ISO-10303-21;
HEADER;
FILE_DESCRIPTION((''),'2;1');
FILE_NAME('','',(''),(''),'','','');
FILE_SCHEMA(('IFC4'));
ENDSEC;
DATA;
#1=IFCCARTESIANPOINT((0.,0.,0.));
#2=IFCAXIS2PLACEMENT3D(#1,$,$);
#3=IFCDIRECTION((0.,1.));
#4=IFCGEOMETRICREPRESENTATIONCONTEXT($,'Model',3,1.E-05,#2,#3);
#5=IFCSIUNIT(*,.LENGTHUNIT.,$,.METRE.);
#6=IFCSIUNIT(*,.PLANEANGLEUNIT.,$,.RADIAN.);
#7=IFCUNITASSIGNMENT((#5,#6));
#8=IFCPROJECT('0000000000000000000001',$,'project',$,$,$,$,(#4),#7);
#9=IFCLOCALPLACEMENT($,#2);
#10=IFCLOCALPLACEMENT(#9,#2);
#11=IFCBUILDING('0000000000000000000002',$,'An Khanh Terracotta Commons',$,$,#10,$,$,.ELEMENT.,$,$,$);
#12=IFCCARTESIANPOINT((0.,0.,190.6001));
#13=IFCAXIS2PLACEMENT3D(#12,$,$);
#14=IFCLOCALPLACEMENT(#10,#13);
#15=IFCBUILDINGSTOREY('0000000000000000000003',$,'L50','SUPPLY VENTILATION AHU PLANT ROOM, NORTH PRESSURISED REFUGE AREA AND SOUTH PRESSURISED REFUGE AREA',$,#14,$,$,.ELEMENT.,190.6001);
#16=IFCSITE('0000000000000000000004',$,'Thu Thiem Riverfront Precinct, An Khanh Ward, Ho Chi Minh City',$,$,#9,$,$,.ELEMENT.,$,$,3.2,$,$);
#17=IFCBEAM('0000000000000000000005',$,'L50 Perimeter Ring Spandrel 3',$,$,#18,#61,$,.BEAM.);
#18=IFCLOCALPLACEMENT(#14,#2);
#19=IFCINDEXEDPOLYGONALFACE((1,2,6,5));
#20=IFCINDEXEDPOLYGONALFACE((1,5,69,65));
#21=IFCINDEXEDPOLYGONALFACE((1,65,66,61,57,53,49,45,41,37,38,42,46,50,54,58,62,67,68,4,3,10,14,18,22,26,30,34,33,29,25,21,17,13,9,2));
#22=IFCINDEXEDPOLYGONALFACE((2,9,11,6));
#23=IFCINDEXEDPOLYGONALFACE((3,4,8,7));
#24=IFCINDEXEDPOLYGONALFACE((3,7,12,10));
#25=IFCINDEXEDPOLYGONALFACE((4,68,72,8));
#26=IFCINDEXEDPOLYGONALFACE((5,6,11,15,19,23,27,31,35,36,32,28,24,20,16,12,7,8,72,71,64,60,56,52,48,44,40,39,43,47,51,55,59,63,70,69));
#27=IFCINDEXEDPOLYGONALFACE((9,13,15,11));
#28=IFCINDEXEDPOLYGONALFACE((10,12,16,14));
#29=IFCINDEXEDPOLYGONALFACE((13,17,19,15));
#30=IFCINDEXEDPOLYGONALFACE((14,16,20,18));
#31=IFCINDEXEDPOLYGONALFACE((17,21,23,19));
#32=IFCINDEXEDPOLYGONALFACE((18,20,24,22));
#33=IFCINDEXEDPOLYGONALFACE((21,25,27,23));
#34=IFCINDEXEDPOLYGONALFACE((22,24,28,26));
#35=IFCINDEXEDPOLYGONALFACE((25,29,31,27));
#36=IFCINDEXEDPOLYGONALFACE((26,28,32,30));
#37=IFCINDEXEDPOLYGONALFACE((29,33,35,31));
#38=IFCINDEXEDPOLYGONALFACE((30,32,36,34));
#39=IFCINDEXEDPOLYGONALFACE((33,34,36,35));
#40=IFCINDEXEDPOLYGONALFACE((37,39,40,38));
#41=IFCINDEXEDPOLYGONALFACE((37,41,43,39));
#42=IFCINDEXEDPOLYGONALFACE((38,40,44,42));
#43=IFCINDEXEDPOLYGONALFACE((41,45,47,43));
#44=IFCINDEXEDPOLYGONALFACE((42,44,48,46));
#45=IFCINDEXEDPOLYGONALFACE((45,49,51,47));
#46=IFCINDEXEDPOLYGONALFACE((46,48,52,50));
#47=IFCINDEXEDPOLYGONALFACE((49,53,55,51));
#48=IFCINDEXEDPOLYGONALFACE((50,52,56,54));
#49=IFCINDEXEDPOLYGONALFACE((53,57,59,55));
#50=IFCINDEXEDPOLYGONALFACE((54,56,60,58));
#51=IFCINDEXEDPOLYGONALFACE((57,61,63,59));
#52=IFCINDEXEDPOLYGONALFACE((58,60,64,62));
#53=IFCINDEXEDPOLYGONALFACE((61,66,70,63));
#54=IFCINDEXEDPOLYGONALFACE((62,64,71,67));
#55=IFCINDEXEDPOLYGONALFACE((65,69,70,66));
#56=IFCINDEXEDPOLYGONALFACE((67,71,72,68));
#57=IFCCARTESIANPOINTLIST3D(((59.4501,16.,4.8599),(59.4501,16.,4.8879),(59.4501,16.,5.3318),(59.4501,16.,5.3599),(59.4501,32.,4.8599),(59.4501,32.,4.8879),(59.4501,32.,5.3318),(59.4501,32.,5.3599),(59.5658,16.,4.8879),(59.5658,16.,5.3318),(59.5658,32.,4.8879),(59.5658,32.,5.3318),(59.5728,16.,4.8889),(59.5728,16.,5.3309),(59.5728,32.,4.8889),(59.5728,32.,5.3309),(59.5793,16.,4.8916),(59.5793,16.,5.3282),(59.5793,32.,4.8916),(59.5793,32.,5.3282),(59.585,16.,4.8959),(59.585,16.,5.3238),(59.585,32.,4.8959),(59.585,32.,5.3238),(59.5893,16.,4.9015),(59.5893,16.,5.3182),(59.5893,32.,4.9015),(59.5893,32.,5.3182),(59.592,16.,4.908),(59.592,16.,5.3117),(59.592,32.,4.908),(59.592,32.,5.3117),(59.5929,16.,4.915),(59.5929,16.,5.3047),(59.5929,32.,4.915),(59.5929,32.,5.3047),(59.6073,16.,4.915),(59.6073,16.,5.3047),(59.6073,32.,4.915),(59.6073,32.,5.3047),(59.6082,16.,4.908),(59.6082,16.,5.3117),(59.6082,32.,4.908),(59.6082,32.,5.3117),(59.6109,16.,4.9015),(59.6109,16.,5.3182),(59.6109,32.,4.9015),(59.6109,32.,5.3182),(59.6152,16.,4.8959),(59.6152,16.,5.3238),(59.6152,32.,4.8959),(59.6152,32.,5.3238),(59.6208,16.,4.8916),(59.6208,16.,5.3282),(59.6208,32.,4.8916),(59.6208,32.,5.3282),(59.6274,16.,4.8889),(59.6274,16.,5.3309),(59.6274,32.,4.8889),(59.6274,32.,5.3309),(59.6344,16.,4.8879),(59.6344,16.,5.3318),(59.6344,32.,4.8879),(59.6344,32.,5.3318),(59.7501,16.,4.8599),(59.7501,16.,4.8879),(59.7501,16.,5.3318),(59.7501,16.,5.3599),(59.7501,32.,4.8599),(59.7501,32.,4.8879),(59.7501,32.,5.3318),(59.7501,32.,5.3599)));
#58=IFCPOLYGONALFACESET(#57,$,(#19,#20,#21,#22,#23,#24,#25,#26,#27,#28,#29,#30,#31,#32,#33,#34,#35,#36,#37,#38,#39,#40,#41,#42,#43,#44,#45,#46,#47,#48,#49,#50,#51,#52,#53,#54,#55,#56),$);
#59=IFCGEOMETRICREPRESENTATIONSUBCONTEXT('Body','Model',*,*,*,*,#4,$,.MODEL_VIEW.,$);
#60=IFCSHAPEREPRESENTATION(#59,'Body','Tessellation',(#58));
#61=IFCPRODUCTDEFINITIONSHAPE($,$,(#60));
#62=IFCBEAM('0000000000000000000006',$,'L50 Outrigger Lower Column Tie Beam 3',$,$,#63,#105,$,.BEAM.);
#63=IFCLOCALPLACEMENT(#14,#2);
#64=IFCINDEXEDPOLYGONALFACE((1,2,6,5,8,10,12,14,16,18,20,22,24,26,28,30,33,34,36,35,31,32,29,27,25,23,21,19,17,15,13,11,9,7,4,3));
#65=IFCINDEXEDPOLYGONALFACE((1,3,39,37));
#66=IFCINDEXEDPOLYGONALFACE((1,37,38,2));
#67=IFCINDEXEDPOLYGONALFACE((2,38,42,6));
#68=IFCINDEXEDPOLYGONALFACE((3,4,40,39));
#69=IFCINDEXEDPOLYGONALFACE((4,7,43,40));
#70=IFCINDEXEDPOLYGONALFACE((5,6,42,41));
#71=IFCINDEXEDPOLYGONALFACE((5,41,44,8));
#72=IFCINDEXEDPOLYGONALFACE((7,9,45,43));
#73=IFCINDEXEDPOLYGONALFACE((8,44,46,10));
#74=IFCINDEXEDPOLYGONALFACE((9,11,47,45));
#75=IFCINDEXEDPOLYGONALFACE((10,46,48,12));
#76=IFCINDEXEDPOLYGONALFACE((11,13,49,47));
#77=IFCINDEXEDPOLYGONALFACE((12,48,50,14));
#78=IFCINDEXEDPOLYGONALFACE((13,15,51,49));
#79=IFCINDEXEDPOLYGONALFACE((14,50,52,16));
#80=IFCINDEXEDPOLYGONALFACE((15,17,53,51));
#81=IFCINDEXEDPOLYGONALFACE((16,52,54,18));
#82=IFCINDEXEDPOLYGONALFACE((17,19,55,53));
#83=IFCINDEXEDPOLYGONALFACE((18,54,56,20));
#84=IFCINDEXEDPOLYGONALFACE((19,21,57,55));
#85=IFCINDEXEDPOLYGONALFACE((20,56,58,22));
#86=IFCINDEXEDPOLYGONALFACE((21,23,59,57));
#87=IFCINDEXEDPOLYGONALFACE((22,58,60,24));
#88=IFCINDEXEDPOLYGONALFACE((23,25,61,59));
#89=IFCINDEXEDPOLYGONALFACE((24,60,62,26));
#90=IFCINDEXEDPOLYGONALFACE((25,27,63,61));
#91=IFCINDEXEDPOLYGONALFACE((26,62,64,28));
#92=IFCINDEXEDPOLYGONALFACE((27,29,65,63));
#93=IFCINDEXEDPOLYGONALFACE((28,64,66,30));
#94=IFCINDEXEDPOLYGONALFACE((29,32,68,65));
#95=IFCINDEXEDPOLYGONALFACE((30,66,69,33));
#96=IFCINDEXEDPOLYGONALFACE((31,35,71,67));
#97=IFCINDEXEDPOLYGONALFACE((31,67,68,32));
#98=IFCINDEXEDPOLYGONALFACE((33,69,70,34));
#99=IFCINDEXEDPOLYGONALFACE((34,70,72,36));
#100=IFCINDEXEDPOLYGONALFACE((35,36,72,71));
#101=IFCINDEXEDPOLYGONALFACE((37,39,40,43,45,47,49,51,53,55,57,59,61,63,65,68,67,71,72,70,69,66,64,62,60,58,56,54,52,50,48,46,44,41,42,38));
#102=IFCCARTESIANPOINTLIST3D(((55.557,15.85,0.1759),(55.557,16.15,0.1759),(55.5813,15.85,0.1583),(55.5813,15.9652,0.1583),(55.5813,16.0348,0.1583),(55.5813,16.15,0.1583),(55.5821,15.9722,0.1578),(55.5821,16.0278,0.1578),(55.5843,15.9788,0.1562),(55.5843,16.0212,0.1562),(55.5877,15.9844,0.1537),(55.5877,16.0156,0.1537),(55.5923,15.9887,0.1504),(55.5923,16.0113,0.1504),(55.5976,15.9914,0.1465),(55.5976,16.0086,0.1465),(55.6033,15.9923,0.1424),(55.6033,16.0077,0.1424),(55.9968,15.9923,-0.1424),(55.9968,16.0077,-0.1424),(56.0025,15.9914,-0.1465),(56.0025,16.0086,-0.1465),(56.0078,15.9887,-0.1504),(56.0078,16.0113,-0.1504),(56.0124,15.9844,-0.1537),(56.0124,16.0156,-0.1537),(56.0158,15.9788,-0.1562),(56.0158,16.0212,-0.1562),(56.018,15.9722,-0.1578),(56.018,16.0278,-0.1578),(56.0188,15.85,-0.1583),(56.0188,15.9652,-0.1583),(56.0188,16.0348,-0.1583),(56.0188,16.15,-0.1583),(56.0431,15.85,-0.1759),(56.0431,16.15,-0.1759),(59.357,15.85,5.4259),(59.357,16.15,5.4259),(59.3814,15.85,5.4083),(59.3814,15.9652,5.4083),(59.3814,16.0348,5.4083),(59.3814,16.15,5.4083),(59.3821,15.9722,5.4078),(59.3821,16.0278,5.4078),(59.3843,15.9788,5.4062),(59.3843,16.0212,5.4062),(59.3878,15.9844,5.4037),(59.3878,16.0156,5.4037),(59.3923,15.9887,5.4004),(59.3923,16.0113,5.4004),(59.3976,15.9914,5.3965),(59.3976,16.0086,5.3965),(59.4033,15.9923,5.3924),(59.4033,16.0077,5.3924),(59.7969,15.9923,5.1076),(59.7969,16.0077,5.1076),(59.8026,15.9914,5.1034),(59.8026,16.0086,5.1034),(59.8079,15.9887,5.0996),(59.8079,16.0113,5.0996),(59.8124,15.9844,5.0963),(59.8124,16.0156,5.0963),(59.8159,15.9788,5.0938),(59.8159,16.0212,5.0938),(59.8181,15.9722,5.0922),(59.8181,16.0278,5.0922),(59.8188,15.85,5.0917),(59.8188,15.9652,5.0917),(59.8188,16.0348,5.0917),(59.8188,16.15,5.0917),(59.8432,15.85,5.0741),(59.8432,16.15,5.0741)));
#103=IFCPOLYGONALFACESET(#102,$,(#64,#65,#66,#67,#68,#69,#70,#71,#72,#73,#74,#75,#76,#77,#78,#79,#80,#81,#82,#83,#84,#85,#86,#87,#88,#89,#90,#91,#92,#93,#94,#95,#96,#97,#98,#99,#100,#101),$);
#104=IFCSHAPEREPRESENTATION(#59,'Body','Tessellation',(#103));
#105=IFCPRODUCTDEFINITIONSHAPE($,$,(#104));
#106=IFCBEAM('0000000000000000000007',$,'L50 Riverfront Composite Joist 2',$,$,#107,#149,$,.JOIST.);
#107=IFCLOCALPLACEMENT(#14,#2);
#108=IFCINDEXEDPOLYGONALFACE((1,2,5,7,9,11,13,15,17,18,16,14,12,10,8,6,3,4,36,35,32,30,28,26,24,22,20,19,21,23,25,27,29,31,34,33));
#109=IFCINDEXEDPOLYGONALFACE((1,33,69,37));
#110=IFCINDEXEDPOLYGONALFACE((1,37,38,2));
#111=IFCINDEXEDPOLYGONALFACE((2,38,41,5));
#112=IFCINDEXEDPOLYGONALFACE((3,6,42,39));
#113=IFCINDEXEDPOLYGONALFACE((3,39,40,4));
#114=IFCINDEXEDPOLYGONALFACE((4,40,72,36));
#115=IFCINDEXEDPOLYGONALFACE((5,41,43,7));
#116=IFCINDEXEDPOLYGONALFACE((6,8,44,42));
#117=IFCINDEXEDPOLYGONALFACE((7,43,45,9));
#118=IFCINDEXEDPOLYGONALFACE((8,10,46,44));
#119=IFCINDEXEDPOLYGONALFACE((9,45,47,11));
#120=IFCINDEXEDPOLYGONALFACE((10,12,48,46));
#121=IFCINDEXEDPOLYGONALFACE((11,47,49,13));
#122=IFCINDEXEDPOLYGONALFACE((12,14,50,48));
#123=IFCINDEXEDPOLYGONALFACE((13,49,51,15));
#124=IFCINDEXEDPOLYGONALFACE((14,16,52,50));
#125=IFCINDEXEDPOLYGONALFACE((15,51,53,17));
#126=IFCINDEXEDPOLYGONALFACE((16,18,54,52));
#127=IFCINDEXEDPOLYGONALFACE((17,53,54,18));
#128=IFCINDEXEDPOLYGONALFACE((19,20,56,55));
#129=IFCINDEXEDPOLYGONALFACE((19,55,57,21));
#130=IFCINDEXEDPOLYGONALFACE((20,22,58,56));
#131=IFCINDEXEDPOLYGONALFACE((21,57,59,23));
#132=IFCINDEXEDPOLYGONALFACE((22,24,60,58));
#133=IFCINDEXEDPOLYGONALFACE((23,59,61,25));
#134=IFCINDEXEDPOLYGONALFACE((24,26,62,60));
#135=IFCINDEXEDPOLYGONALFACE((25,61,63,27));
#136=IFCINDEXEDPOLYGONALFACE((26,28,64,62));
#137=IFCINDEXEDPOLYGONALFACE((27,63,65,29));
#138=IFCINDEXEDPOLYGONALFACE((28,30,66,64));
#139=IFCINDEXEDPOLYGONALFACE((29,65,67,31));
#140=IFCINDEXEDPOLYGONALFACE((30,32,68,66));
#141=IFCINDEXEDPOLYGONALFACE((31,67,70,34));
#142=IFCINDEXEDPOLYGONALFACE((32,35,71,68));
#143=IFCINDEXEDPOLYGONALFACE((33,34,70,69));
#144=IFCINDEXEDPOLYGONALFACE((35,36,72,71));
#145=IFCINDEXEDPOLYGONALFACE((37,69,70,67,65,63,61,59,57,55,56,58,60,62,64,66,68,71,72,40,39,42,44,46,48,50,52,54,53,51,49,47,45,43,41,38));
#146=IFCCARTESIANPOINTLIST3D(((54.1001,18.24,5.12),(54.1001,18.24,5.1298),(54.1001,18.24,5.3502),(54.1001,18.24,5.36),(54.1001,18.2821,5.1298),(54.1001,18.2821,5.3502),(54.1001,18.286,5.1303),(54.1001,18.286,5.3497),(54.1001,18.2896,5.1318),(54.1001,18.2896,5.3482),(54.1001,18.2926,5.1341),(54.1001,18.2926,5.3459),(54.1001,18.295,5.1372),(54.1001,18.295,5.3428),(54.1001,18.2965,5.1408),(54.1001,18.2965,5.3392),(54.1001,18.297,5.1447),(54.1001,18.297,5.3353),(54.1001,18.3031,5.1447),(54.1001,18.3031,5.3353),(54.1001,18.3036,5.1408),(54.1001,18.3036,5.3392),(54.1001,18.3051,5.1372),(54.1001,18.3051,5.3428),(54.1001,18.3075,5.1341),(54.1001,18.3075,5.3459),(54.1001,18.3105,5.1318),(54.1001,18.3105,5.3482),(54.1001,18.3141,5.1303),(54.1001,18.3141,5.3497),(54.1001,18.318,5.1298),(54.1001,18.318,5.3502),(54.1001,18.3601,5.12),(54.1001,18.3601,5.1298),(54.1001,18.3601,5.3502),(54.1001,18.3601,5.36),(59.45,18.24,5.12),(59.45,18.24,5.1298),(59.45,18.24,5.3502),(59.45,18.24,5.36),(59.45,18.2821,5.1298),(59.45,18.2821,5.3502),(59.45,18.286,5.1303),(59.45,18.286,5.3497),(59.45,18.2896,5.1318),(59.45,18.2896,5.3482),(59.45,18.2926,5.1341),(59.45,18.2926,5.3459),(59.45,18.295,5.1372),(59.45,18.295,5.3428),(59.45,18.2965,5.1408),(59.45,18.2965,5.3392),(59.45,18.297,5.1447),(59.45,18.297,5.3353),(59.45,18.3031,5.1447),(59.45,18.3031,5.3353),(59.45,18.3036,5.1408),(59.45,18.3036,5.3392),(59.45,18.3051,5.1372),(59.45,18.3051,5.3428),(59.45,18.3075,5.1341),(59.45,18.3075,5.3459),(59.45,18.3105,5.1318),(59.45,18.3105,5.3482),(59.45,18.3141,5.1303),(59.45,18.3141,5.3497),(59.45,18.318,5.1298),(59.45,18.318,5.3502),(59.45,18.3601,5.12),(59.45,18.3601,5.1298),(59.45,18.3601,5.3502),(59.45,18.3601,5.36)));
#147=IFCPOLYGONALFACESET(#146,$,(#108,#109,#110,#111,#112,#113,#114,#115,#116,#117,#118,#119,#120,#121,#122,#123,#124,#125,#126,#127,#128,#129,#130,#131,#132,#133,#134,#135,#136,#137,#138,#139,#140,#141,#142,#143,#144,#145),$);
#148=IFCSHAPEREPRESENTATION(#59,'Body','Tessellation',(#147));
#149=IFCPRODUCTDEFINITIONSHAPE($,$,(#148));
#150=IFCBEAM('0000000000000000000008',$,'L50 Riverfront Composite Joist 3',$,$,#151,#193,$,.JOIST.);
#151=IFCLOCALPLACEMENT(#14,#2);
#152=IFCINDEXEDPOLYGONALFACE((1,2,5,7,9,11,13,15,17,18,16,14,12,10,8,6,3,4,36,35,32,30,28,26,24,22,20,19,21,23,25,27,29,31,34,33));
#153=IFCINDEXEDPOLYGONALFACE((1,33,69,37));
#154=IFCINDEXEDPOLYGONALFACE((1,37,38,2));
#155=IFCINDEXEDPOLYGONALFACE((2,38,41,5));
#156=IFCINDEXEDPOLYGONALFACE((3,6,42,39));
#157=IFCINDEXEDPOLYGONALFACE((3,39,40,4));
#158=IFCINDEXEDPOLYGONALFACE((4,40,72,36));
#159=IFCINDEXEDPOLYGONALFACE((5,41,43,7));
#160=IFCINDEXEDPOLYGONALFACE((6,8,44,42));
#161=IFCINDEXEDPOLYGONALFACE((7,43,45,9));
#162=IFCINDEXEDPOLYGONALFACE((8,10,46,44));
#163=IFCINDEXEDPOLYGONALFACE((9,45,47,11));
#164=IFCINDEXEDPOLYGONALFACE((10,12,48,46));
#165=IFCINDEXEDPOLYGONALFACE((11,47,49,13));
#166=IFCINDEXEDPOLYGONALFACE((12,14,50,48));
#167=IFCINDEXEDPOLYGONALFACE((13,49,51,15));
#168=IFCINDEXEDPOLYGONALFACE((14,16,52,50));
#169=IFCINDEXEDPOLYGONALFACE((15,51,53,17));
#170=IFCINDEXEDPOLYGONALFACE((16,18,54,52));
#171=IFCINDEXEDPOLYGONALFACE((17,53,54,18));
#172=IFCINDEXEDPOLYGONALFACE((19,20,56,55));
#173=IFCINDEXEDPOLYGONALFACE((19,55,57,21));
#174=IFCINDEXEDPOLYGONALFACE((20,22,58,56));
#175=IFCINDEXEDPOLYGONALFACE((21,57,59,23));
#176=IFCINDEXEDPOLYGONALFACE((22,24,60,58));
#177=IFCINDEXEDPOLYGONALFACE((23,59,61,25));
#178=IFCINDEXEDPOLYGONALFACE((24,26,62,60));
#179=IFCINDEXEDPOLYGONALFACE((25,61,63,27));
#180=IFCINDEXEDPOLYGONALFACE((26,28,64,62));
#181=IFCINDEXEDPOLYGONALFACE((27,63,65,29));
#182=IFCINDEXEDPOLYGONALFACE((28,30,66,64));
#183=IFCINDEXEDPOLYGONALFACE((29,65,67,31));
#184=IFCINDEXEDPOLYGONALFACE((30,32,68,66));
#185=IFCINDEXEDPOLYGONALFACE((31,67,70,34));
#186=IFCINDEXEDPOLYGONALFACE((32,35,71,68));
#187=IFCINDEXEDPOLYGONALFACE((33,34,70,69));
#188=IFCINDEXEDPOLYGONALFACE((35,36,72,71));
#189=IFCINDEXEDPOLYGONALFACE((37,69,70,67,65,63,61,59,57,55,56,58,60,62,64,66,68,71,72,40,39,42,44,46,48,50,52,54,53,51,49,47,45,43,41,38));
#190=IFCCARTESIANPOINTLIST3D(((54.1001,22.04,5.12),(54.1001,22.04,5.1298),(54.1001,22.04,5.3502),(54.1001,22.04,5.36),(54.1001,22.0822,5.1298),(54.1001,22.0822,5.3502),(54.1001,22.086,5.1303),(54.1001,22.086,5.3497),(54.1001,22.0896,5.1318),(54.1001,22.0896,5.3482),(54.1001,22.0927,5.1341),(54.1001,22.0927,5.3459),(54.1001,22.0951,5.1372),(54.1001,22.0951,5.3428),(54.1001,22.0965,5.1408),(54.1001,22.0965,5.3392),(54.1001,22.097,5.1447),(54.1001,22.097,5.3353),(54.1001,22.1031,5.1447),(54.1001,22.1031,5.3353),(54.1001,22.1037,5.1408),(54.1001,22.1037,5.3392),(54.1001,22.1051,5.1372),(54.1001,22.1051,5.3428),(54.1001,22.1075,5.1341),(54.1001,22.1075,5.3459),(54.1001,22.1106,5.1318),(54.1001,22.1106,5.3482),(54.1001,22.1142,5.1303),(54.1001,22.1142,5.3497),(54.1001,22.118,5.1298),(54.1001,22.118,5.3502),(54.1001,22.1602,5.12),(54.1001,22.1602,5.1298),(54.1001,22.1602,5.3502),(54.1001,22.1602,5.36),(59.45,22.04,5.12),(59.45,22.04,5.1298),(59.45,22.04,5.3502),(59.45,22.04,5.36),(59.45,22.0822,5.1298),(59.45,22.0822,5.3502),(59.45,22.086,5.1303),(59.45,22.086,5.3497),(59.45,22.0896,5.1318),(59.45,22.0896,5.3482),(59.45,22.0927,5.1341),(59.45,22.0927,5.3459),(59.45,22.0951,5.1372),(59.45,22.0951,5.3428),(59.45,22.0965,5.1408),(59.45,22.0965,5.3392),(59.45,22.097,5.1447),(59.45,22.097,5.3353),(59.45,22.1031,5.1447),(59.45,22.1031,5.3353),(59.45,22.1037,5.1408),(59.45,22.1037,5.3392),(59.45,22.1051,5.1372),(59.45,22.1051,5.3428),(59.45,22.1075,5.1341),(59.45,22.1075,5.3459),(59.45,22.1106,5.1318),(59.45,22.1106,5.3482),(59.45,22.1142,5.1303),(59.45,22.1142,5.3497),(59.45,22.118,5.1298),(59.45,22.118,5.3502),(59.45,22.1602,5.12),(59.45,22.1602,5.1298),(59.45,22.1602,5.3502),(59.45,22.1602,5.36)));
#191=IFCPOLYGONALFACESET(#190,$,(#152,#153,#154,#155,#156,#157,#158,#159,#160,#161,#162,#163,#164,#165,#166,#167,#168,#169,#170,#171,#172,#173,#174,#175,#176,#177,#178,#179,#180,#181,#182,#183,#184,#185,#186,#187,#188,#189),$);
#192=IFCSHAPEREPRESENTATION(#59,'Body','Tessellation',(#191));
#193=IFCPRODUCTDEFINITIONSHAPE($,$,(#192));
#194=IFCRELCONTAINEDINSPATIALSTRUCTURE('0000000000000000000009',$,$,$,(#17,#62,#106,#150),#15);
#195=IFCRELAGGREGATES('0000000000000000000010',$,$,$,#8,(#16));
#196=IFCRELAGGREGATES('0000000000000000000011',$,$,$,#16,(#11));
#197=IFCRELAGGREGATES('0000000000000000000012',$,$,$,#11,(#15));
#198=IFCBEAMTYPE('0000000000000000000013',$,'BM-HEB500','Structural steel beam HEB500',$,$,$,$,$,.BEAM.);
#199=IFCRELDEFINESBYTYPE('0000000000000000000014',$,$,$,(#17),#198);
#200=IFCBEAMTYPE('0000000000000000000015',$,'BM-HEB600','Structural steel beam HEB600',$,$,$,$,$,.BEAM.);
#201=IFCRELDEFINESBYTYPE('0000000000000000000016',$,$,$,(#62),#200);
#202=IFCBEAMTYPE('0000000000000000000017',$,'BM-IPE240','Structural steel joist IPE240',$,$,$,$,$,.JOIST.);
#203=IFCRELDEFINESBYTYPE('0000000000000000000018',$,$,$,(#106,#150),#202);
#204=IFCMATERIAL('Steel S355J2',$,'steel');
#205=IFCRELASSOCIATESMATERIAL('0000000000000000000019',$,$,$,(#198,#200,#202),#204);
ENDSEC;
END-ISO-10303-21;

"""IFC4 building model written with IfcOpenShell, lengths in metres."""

from ifc_helpers import new_model, si_unit, direction, frame, origin, origin_2d, place, context, subcontext, project, spatial, i_section, extrude, material, material_profile, profile_set, type_object, element, save


model = new_model("IFC4")

# Units and contexts
model_context = context("Model", 3, precision=1e-05, world=origin(), true_north=direction((0.0, 1.0)))
body_context = subcontext(model_context, "Body", "Model", "MODEL_VIEW")
ifc_project = project(units=[si_unit("LENGTHUNIT", "METRE"), si_unit("PLANEANGLEUNIT", "RADIAN")], contexts=[model_context])

# Site, building, storey
site_placement = place(None, origin())
site = spatial("IfcSite", under=ifc_project, at=site_placement, Name="Thu Thiem Riverfront Precinct, An Khanh Ward, Ho Chi Minh City", CompositionType="ELEMENT", RefElevation=3.2)
building_placement = place(site_placement, origin())
building = spatial("IfcBuilding", under=site, at=building_placement, Name="An Khanh Terracotta Commons", CompositionType="ELEMENT")
storey_placement = place(building_placement, frame((0.0, 0.0, 190.6001)))
storey = spatial("IfcBuildingStorey", under=building, at=storey_placement, Name="L50", Description="SUPPLY VENTILATION AHU PLANT ROOM, NORTH PRESSURISED REFUGE AREA AND SOUTH PRESSURISED REFUGE AREA", CompositionType="ELEMENT", Elevation=190.6001)

# Beams
ifc_material_1 = material(Name="Steel S355J2", Category="steel")
ifc_material_profile_1 = material_profile(ifc_material_1, i_section(OverallWidth=0.3, OverallDepth=0.5, WebThickness=0.0144, FlangeThickness=0.0281, FilletRadius=0.0271, at=origin_2d()), Name="HEB500")
ifc_profile_set_1 = profile_set([ifc_material_profile_1], Name="Steel S355J2")
beam_type_1 = type_object("IfcBeamType", Name="BM-HEB500", Description="Structural steel beam HEB500", PredefinedType="BEAM", material=ifc_profile_set_1)
beam_1_placement = place(storey_placement, frame((59.6001, 16.0, 5.1099), z_axis=(0.0, 1.0, 0.0), x_axis=(-1.0, 0.0, 0.0)))
element("IfcBeam", 1, at=beam_1_placement, inside=storey, type_object=beam_type_1, Name="L50 Perimeter Ring Spandrel 3", PredefinedType="BEAM", context=body_context, shape_type="SweptSolid", body=[
    extrude(i_section(OverallWidth=0.3, OverallDepth=0.5, WebThickness=0.0144, FlangeThickness=0.0281, FilletRadius=0.0271, at=origin_2d()), origin(), (0.0, 0.0, 1.0), 16.0),
])
ifc_material_profile_2 = material_profile(ifc_material_1, i_section(OverallWidth=0.3, OverallDepth=0.6001, WebThickness=0.0154, FlangeThickness=0.03, FilletRadius=0.0271, at=origin_2d()), Name="HEB600")
ifc_profile_set_2 = profile_set([ifc_material_profile_2], Name="Steel S355J2")
beam_type_2 = type_object("IfcBeamType", Name="BM-HEB600", Description="Structural steel beam HEB600", PredefinedType="BEAM", material=ifc_profile_set_2)
beam_2_placement = place(storey_placement, frame((55.8, 16.0, 0.0), z_axis=(0.58634, 0.0, 0.810065), x_axis=(0.0, 1.0, 0.0)))
element("IfcBeam", 2, at=beam_2_placement, inside=storey, type_object=beam_type_2, Name="L50 Outrigger Lower Column Tie Beam 3", PredefinedType="BEAM", context=body_context, shape_type="SweptSolid", body=[
    extrude(i_section(OverallWidth=0.3, OverallDepth=0.6001, WebThickness=0.0154, FlangeThickness=0.03, FilletRadius=0.0271, at=origin_2d()), origin(), (0.0, 0.0, 1.0), 6.481),
])
ifc_material_profile_3 = material_profile(ifc_material_1, i_section(OverallWidth=0.1201, OverallDepth=0.24, WebThickness=0.0061, FlangeThickness=0.0098, FilletRadius=0.0149, at=origin_2d()), Name="IPE240")
ifc_profile_set_3 = profile_set([ifc_material_profile_3], Name="Steel S355J2")
beam_type_3 = type_object("IfcBeamType", Name="BM-IPE240", Description="Structural steel joist IPE240", PredefinedType="JOIST", material=ifc_profile_set_3)
for number, where, z_axis, x_axis, name in (
    (3, (54.1001, 18.3, 5.24), (1.0, 0.0, 0.0), (0.0, 1.0, 0.0), "L50 Riverfront Composite Joist 2"),
    (4, (54.1001, 22.1001, 5.24), (1.0, 0.0, 0.0), (0.0, 1.0, 0.0), "L50 Riverfront Composite Joist 3"),
):
    element("IfcBeam", number, at=place(storey_placement, frame(where, z_axis=z_axis, x_axis=x_axis)), inside=storey, type_object=beam_type_3, Name=name, PredefinedType="JOIST", context=body_context, shape_type="SweptSolid", body=[
        extrude(i_section(OverallWidth=0.1201, OverallDepth=0.24, WebThickness=0.0061, FlangeThickness=0.0098, FilletRadius=0.0149, at=origin_2d()), origin(), (0.0, 0.0, 1.0), 5.3499),
    ])

save(model, "model.ifc")
